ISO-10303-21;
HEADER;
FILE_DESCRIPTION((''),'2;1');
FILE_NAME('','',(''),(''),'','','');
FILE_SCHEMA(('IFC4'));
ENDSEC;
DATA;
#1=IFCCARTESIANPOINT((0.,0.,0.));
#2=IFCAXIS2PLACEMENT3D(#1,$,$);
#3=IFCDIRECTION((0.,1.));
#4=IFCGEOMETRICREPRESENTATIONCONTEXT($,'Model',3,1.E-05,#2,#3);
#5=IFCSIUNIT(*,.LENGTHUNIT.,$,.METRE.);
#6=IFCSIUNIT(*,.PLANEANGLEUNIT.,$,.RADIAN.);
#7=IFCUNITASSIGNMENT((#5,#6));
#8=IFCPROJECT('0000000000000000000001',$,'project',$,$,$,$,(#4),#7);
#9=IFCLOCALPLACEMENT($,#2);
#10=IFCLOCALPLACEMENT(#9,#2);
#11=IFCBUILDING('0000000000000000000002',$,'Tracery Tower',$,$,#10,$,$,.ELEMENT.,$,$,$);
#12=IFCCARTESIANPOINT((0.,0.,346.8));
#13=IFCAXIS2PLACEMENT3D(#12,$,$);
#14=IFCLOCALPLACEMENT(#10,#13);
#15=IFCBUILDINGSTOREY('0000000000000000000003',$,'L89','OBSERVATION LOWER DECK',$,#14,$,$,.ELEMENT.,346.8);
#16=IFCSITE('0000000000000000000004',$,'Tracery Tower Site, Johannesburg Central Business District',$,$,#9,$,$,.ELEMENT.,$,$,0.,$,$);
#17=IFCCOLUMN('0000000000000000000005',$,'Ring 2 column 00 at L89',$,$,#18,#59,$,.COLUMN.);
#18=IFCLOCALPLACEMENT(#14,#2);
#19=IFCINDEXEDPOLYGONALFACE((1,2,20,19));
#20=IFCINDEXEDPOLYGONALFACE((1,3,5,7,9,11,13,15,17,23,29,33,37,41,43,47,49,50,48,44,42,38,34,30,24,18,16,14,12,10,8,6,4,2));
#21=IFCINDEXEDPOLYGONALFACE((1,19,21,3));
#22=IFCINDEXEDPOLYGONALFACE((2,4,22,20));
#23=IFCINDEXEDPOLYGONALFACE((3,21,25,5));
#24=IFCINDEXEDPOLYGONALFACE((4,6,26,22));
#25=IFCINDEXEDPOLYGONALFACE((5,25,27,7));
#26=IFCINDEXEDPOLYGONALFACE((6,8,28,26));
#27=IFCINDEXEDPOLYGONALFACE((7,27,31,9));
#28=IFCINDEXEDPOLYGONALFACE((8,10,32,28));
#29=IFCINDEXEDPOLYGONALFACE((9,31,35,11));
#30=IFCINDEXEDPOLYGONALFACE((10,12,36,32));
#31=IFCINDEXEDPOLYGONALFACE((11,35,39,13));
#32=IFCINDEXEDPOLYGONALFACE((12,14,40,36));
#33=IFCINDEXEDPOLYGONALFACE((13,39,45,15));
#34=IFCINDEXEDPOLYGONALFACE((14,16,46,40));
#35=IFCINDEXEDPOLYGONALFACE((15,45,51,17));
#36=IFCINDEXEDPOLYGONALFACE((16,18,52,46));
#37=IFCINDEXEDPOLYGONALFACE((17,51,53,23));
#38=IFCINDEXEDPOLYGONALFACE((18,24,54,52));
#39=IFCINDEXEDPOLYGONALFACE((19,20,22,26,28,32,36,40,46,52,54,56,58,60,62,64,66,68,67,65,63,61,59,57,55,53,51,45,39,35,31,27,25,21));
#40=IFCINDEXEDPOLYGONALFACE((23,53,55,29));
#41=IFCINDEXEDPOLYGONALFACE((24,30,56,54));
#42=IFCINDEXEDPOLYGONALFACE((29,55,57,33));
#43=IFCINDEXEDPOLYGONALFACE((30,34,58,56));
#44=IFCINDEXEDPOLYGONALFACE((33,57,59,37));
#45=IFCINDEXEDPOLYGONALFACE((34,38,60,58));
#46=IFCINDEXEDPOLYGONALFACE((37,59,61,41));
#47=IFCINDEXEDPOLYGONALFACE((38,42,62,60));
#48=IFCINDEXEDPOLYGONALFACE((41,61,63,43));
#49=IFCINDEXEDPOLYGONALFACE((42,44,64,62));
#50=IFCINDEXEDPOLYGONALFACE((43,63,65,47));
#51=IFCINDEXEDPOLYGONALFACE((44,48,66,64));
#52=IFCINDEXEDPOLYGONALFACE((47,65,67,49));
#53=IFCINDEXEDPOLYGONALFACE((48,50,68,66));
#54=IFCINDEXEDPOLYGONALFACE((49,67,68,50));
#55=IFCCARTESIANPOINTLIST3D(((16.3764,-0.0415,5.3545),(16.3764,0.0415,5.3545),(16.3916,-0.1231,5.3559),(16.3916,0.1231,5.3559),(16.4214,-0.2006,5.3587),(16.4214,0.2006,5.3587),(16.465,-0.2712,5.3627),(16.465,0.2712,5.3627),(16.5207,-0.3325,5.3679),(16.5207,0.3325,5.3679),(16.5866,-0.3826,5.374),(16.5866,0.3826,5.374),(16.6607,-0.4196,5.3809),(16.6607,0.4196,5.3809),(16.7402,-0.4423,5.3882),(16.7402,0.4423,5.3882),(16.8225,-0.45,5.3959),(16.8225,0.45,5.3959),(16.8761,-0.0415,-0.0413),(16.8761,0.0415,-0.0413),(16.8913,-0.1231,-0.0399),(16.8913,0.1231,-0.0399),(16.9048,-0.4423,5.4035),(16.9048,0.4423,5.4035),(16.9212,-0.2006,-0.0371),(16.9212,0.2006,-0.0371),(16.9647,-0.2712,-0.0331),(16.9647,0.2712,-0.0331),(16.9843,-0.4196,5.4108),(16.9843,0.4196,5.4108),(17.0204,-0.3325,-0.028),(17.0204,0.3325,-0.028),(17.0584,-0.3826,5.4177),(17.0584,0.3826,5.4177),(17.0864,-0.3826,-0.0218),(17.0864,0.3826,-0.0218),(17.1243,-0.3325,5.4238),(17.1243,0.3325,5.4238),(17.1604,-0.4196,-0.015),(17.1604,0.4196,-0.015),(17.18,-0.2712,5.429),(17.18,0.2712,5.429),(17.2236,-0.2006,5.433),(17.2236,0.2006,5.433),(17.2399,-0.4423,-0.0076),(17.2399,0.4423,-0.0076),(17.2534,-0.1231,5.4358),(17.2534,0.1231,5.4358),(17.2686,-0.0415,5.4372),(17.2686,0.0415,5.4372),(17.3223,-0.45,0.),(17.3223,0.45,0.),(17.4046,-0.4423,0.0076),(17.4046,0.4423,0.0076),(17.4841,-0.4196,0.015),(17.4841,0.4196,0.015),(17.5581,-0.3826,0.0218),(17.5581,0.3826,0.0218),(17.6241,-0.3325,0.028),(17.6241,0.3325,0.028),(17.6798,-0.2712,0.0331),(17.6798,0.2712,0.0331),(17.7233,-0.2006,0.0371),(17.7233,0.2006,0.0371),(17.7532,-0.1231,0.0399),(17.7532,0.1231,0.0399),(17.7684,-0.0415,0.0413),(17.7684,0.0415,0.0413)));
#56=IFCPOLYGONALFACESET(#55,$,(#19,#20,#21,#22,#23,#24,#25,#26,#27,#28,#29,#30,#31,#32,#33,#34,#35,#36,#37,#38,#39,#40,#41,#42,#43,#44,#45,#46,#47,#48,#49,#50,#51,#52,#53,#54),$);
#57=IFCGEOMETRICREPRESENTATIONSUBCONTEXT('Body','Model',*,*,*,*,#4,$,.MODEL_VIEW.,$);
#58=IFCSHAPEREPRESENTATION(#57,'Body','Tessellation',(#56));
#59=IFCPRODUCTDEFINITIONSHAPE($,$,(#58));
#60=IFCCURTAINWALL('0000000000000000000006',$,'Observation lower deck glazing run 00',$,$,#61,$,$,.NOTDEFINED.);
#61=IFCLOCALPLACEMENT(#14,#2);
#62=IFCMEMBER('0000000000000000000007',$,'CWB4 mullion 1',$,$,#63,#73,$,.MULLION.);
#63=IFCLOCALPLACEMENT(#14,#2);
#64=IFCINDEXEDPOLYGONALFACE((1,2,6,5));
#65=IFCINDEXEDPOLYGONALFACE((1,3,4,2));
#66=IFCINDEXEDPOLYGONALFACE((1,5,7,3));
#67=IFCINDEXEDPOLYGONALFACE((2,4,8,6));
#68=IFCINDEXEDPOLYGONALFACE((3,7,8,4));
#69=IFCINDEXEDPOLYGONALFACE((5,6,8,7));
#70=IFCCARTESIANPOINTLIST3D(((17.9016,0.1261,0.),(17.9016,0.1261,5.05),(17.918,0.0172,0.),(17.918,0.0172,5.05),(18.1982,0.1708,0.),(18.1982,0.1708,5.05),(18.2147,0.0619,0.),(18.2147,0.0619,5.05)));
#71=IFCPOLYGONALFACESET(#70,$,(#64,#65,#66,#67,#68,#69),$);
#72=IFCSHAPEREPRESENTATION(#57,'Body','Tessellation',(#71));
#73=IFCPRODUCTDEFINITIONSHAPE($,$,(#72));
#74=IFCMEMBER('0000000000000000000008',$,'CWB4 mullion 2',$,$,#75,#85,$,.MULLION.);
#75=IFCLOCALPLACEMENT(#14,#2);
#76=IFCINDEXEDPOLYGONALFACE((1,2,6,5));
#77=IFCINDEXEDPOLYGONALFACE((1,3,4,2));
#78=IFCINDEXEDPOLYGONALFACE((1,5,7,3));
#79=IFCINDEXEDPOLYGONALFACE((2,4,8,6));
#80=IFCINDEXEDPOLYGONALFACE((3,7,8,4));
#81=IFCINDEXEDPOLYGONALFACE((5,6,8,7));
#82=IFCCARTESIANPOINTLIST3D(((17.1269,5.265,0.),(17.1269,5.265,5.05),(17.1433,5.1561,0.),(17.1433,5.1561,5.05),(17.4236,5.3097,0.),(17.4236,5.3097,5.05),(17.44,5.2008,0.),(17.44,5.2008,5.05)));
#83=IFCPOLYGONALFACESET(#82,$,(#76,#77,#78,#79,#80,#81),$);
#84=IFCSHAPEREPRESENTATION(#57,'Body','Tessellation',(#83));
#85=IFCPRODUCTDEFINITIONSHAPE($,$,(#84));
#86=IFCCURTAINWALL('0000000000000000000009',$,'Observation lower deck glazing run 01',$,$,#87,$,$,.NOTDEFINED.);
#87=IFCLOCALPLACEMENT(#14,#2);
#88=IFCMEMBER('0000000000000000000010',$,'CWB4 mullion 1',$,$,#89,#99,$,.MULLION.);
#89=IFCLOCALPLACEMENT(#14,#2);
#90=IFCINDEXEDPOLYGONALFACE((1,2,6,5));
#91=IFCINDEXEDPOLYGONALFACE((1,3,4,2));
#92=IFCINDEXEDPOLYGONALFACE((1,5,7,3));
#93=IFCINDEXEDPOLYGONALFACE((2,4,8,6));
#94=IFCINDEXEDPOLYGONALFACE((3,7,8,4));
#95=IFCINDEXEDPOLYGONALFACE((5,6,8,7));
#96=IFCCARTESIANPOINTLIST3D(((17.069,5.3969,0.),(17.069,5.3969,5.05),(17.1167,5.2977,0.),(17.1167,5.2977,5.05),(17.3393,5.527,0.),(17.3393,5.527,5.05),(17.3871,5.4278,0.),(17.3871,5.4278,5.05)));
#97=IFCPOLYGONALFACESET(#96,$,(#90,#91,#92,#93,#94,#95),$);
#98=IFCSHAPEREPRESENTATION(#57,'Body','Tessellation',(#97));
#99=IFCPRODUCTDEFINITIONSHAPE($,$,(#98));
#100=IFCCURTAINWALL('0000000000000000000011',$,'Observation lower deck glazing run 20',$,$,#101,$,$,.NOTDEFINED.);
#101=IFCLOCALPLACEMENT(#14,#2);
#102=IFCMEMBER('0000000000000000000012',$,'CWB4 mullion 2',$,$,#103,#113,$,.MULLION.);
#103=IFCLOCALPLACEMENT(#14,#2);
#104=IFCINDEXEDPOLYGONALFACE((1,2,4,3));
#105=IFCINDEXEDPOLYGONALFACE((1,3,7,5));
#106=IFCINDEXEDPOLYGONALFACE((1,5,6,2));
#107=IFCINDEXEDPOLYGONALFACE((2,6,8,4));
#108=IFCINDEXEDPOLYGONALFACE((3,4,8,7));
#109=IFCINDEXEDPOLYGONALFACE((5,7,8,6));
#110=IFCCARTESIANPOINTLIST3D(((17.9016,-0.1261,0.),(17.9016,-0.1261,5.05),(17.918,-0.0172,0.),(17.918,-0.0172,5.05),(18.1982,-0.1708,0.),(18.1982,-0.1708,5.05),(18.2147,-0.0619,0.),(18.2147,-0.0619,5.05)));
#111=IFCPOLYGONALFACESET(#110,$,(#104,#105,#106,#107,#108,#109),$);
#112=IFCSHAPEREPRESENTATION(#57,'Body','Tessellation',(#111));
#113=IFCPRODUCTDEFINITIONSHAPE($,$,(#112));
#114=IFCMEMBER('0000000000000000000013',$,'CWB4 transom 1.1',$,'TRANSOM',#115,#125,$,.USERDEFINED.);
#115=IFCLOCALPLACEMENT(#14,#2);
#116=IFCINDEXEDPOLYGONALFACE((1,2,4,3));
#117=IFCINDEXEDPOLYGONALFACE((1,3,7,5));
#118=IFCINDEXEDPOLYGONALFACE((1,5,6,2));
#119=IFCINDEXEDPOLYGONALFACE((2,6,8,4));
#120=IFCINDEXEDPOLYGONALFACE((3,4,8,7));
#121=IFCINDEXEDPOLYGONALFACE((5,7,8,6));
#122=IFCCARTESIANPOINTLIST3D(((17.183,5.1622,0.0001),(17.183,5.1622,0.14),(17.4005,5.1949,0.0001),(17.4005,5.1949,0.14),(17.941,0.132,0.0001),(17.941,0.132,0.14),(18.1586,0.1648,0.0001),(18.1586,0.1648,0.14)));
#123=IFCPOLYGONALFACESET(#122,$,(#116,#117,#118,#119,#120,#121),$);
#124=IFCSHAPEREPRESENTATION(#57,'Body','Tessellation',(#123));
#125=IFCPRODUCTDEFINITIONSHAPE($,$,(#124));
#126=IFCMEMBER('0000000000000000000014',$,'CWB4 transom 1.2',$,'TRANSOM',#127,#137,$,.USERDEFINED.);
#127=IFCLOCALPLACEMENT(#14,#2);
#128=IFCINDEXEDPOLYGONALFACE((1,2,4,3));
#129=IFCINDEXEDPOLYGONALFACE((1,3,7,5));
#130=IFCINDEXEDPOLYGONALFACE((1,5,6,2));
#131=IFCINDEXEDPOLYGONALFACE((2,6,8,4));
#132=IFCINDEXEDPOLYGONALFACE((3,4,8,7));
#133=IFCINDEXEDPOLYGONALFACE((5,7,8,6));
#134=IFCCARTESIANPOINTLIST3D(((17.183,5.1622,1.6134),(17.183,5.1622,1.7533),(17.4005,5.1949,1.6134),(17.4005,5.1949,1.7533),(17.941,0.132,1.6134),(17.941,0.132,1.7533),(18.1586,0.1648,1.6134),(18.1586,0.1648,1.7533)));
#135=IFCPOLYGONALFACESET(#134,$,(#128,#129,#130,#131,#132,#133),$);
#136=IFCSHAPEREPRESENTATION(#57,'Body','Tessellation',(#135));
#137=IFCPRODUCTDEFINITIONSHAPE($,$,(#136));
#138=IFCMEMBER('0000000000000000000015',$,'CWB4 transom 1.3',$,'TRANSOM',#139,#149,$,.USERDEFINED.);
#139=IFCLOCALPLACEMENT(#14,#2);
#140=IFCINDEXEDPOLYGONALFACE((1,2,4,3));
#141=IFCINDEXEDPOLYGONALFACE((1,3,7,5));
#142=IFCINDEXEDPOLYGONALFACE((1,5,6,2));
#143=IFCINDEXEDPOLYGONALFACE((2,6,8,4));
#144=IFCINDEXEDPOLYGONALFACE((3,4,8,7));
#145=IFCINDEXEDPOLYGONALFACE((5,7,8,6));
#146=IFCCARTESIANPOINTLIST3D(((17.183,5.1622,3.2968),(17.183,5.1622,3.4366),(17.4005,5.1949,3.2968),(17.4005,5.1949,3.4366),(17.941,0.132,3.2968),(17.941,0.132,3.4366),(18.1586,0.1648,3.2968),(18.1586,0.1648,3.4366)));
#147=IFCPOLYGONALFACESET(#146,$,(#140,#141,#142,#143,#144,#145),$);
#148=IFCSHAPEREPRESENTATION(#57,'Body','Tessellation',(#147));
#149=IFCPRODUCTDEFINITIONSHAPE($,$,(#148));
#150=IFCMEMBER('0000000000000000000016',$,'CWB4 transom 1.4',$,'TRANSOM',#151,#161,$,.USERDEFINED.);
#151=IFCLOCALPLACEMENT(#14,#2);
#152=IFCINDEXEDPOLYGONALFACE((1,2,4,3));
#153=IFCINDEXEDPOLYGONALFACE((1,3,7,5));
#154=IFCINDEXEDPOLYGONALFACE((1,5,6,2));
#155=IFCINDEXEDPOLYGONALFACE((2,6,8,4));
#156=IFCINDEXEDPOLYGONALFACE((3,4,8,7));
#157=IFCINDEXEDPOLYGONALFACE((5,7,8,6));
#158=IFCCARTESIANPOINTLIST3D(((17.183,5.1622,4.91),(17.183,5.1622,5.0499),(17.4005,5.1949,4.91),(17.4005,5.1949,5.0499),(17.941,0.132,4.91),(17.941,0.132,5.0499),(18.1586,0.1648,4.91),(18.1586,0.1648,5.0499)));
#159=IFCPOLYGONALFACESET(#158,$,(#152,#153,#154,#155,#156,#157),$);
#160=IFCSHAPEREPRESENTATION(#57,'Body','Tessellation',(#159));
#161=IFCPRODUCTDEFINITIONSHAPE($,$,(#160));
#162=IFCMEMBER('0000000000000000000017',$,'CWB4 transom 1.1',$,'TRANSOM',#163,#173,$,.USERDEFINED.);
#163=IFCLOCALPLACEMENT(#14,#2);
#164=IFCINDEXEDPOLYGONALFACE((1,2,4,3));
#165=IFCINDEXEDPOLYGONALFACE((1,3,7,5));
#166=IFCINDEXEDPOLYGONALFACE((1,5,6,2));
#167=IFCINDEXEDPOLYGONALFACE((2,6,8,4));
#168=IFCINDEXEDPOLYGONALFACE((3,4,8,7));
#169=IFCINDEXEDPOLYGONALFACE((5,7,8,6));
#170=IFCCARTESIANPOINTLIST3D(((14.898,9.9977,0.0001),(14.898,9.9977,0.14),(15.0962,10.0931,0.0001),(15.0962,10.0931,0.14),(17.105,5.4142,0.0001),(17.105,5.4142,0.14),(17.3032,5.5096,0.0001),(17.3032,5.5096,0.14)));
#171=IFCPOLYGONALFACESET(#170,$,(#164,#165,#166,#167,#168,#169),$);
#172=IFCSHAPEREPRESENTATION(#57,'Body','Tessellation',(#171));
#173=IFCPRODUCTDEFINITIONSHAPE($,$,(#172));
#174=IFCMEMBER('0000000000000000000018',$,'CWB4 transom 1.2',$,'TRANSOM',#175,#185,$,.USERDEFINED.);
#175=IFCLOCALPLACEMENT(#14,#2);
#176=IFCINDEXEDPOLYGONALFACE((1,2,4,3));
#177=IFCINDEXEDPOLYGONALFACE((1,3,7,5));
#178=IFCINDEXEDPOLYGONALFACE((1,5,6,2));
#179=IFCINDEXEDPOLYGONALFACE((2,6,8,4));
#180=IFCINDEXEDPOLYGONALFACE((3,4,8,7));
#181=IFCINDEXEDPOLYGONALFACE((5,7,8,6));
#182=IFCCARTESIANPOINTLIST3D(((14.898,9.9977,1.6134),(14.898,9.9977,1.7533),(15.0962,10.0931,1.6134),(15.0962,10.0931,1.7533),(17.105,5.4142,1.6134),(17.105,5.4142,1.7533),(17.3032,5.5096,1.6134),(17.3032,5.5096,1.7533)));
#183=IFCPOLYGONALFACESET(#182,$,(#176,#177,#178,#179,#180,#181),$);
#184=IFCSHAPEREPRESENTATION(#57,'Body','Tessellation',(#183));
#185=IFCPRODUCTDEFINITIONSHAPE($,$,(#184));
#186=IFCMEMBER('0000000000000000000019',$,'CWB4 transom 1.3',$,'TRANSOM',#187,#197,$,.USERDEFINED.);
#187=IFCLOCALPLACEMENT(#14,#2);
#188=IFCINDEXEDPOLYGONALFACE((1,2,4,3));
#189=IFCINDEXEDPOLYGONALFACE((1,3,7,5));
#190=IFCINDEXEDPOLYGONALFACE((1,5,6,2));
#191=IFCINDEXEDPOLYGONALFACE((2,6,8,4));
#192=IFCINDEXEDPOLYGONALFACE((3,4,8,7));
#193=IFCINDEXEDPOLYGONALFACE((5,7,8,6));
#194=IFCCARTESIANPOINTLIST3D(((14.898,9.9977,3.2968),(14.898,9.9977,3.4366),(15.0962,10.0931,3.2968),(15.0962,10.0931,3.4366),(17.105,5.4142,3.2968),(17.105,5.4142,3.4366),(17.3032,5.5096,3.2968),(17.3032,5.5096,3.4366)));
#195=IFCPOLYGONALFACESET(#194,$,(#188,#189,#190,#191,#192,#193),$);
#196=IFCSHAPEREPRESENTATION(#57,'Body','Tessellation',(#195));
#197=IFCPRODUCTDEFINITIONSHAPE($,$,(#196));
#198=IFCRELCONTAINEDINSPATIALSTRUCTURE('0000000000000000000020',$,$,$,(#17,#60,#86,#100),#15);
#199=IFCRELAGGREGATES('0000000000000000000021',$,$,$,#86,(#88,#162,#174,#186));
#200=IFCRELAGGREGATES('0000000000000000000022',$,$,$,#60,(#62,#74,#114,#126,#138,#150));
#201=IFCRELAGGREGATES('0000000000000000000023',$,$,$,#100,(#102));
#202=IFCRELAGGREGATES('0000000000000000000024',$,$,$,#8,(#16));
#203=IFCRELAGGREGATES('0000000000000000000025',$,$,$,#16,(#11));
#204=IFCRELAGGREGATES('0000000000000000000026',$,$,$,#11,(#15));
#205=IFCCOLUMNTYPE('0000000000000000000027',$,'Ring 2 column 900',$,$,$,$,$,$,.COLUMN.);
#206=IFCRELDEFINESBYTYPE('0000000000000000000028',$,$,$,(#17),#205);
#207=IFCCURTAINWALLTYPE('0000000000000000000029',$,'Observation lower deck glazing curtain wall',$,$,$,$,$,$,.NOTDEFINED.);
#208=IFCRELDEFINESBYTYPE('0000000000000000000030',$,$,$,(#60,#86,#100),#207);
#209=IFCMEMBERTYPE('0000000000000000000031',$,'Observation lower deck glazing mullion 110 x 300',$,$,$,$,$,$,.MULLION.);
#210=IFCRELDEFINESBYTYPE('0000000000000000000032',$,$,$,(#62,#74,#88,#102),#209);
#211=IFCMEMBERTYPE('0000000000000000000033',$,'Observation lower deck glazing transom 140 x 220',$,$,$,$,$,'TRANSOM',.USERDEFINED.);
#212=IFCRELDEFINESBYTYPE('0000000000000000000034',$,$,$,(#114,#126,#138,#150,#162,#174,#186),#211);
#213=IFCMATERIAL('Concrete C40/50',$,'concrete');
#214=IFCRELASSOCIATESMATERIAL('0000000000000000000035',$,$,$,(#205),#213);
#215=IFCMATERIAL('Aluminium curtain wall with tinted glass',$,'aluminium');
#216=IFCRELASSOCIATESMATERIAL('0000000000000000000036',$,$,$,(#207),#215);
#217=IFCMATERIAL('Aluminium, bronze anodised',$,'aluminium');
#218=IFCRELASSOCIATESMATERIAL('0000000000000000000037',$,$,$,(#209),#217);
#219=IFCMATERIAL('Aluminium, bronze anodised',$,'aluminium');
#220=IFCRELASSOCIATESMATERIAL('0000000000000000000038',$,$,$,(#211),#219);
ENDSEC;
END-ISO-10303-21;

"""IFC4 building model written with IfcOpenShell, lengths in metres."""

from ifc_helpers import new_model, si_unit, direction, frame, origin, origin_2d, place, context, subcontext, project, spatial, rectangle, circle, extrude, material, material_profile, profile_set, type_object, element, aggregate, save


model = new_model("IFC4")

# Units and contexts
model_context = context("Model", 3, precision=1e-05, world=origin(), true_north=direction((0.0, 1.0)))
body_context = subcontext(model_context, "Body", "Model", "MODEL_VIEW")
ifc_project = project(units=[si_unit("LENGTHUNIT", "METRE"), si_unit("PLANEANGLEUNIT", "RADIAN")], contexts=[model_context])

# Site, building, storey
site_placement = place(None, origin())
site = spatial("IfcSite", under=ifc_project, at=site_placement, Name="Tracery Tower Site, Johannesburg Central Business District", CompositionType="ELEMENT", RefElevation=0.0)
building_placement = place(site_placement, origin())
building = spatial("IfcBuilding", under=site, at=building_placement, Name="Tracery Tower", CompositionType="ELEMENT")
storey_placement = place(building_placement, frame((0.0, 0.0, 346.8)))
storey = spatial("IfcBuildingStorey", under=building, at=storey_placement, Name="L89", Description="OBSERVATION LOWER DECK", CompositionType="ELEMENT", Elevation=346.8)

# Column
ifc_material_1 = material(Name="Concrete C40/50", Category="concrete")
ifc_material_profile_1 = material_profile(ifc_material_1, circle(Radius=0.45, at=origin_2d()), Name="RC D900")
ifc_profile_set_1 = profile_set([ifc_material_profile_1], Name="Concrete C40/50")
column_type = type_object("IfcColumnType", Name="Ring 2 column 900", PredefinedType="COLUMN", material=ifc_profile_set_1)
column_placement = place(storey_placement, frame((17.3223, 0.0, 0.0), z_axis=(-0.092226, 0.0, 0.995738), x_axis=(0.0, -1.0, 0.0)))
element("IfcColumn", 1, at=column_placement, inside=storey, type_object=column_type, Name="Ring 2 column 00 at L89", PredefinedType="COLUMN", context=body_context, shape_type="SweptSolid", body=[
    extrude(circle(Radius=0.45, at=origin_2d()), origin(), (0.0, 0.0, 1.0), 5.4189),
])

# Curtain wall, members
ifc_material_2 = material(Name="Aluminium curtain wall with tinted glass", Category="aluminium")
curtain_wall_type = type_object("IfcCurtainWallType", Name="Observation lower deck glazing curtain wall", PredefinedType="NOTDEFINED", material=ifc_material_2)
curtain_wall_1_placement = place(storey_placement, origin())
curtain_wall_1 = element("IfcCurtainWall", 2, at=curtain_wall_1_placement, inside=storey, type_object=curtain_wall_type, Name="Observation lower deck glazing run 00", PredefinedType="NOTDEFINED")
ifc_material_3 = material(Name="Aluminium, bronze anodised", Category="aluminium")
ifc_material_profile_2 = material_profile(ifc_material_3, rectangle(XDim=0.3, YDim=0.1101, at=origin_2d()), Name="Observation lower deck glazing mullion 110 x 300")
ifc_profile_set_2 = profile_set([ifc_material_profile_2], Name="Aluminium, bronze anodised")
member_type_1 = type_object("IfcMemberType", Name="Observation lower deck glazing mullion 110 x 300", PredefinedType="MULLION", material=ifc_profile_set_2)
member_1_placement = place(storey_placement, frame((18.0581, 0.094, 0.0), z_axis=(0.0, 0.0, 1.0), x_axis=(-0.988833, -0.149031, 0.0)))
member_1 = element("IfcMember", 3, at=member_1_placement, type_object=member_type_1, Name="CWB4 mullion 1", PredefinedType="MULLION", context=body_context, shape_type="SweptSolid", body=[
    extrude(rectangle(XDim=0.3, YDim=0.1101, at=origin_2d()), origin(), (0.0, 0.0, 1.0), 5.05),
])
member_2_placement = place(storey_placement, frame((17.2834, 5.2329, 0.0), z_axis=(0.0, 0.0, 1.0), x_axis=(-0.988833, -0.149031, 0.0)))
member_2 = element("IfcMember", 4, at=member_2_placement, type_object=member_type_1, Name="CWB4 mullion 2", PredefinedType="MULLION", context=body_context, shape_type="SweptSolid", body=[
    extrude(rectangle(XDim=0.3, YDim=0.1101, at=origin_2d()), origin(), (0.0, 0.0, 1.0), 5.05),
])

# Curtain walls, members
curtain_wall_2_placement = place(storey_placement, origin())
curtain_wall_2 = element("IfcCurtainWall", 5, at=curtain_wall_2_placement, inside=storey, type_object=curtain_wall_type, Name="Observation lower deck glazing run 01", PredefinedType="NOTDEFINED")
member_3_placement = place(storey_placement, frame((17.228, 5.4124, 0.0), z_axis=(0.0, 0.0, 1.0), x_axis=(-0.900972, -0.433876, 0.0)))
member_3 = element("IfcMember", 6, at=member_3_placement, type_object=member_type_1, Name="CWB4 mullion 1", PredefinedType="MULLION", context=body_context, shape_type="SweptSolid", body=[
    extrude(rectangle(XDim=0.3, YDim=0.1101, at=origin_2d()), origin(), (0.0, 0.0, 1.0), 5.05),
])
curtain_wall_3_placement = place(storey_placement, origin())
curtain_wall_3 = element("IfcCurtainWall", 7, at=curtain_wall_3_placement, inside=storey, type_object=curtain_wall_type, Name="Observation lower deck glazing run 20", PredefinedType="NOTDEFINED")
member_4_placement = place(storey_placement, frame((18.0581, -0.094, 0.0), z_axis=(0.0, 0.0, 1.0), x_axis=(-0.988833, 0.149031, 0.0)))
member_4 = element("IfcMember", 8, at=member_4_placement, type_object=member_type_1, Name="CWB4 mullion 2", PredefinedType="MULLION", context=body_context, shape_type="SweptSolid", body=[
    extrude(rectangle(XDim=0.3, YDim=0.1101, at=origin_2d()), origin(), (0.0, 0.0, 1.0), 5.05),
])

# Members
ifc_material_4 = material(Name="Aluminium, bronze anodised", Category="aluminium")
ifc_material_profile_3 = material_profile(ifc_material_4, rectangle(XDim=0.22, YDim=0.1399, at=origin_2d()), Name="Observation lower deck glazing transom 140 x 220")
ifc_profile_set_3 = profile_set([ifc_material_profile_3], Name="Aluminium, bronze anodised")
member_type_2 = type_object("IfcMemberType", Name="Observation lower deck glazing transom 140 x 220", ElementType="TRANSOM", PredefinedType="USERDEFINED", material=ifc_profile_set_3)
member_5_placement = place(storey_placement, frame((18.0498, 0.1484, 0.0701), z_axis=(-0.149023, 0.988834, 0.0), x_axis=(-0.988834, -0.149023, 0.0)))
member_5 = element("IfcMember", 9, at=member_5_placement, type_object=member_type_2, Name="CWB4 transom 1.1", ObjectType="TRANSOM", PredefinedType="USERDEFINED", context=body_context, shape_type="SweptSolid", body=[
    extrude(rectangle(XDim=0.22, YDim=0.1399, at=origin_2d()), origin(), (0.0, 0.0, 1.0), 5.0869),
])
member_6_placement = place(storey_placement, frame((18.0498, 0.1484, 1.6833), z_axis=(-0.149023, 0.988834, 0.0), x_axis=(-0.988834, -0.149023, 0.0)))
member_6 = element("IfcMember", 10, at=member_6_placement, type_object=member_type_2, Name="CWB4 transom 1.2", ObjectType="TRANSOM", PredefinedType="USERDEFINED", context=body_context, shape_type="SweptSolid", body=[
    extrude(rectangle(XDim=0.22, YDim=0.1399, at=origin_2d()), origin(), (0.0, 0.0, 1.0), 5.0869),
])
member_7_placement = place(storey_placement, frame((18.0498, 0.1484, 3.3667), z_axis=(-0.149023, 0.988834, 0.0), x_axis=(-0.988834, -0.149023, 0.0)))
member_7 = element("IfcMember", 11, at=member_7_placement, type_object=member_type_2, Name="CWB4 transom 1.3", ObjectType="TRANSOM", PredefinedType="USERDEFINED", context=body_context, shape_type="SweptSolid", body=[
    extrude(rectangle(XDim=0.22, YDim=0.1399, at=origin_2d()), origin(), (0.0, 0.0, 1.0), 5.0869),
])
member_8_placement = place(storey_placement, frame((18.0498, 0.1484, 4.98), z_axis=(-0.149023, 0.988834, 0.0), x_axis=(-0.988834, -0.149023, 0.0)))
member_8 = element("IfcMember", 12, at=member_8_placement, type_object=member_type_2, Name="CWB4 transom 1.4", ObjectType="TRANSOM", PredefinedType="USERDEFINED", context=body_context, shape_type="SweptSolid", body=[
    extrude(rectangle(XDim=0.22, YDim=0.1399, at=origin_2d()), origin(), (0.0, 0.0, 1.0), 5.0869),
])
member_9_placement = place(storey_placement, frame((17.2041, 5.4619, 0.0701), z_axis=(-0.433842, 0.900989, 0.0), x_axis=(-0.900989, -0.433842, 0.0)))
member_9 = element("IfcMember", 13, at=member_9_placement, type_object=member_type_2, Name="CWB4 transom 1.1", ObjectType="TRANSOM", PredefinedType="USERDEFINED", context=body_context, shape_type="SweptSolid", body=[
    extrude(rectangle(XDim=0.22, YDim=0.1399, at=origin_2d()), origin(), (0.0, 0.0, 1.0), 5.0872),
])
member_10_placement = place(storey_placement, frame((17.2041, 5.4619, 1.6833), z_axis=(-0.433842, 0.900989, 0.0), x_axis=(-0.900989, -0.433842, 0.0)))
member_10 = element("IfcMember", 14, at=member_10_placement, type_object=member_type_2, Name="CWB4 transom 1.2", ObjectType="TRANSOM", PredefinedType="USERDEFINED", context=body_context, shape_type="SweptSolid", body=[
    extrude(rectangle(XDim=0.22, YDim=0.1399, at=origin_2d()), origin(), (0.0, 0.0, 1.0), 5.0872),
])
member_11_placement = place(storey_placement, frame((17.2041, 5.4619, 3.3667), z_axis=(-0.433842, 0.900989, 0.0), x_axis=(-0.900989, -0.433842, 0.0)))
member_11 = element("IfcMember", 15, at=member_11_placement, type_object=member_type_2, Name="CWB4 transom 1.3", ObjectType="TRANSOM", PredefinedType="USERDEFINED", context=body_context, shape_type="SweptSolid", body=[
    extrude(rectangle(XDim=0.22, YDim=0.1399, at=origin_2d()), origin(), (0.0, 0.0, 1.0), 5.0872),
])
aggregate(curtain_wall_2, [member_3, member_9, member_10, member_11])

aggregate(curtain_wall_1, [member_1, member_2, member_5, member_6, member_7, member_8])
aggregate(curtain_wall_3, [member_4])

save(model, "model.ifc")
